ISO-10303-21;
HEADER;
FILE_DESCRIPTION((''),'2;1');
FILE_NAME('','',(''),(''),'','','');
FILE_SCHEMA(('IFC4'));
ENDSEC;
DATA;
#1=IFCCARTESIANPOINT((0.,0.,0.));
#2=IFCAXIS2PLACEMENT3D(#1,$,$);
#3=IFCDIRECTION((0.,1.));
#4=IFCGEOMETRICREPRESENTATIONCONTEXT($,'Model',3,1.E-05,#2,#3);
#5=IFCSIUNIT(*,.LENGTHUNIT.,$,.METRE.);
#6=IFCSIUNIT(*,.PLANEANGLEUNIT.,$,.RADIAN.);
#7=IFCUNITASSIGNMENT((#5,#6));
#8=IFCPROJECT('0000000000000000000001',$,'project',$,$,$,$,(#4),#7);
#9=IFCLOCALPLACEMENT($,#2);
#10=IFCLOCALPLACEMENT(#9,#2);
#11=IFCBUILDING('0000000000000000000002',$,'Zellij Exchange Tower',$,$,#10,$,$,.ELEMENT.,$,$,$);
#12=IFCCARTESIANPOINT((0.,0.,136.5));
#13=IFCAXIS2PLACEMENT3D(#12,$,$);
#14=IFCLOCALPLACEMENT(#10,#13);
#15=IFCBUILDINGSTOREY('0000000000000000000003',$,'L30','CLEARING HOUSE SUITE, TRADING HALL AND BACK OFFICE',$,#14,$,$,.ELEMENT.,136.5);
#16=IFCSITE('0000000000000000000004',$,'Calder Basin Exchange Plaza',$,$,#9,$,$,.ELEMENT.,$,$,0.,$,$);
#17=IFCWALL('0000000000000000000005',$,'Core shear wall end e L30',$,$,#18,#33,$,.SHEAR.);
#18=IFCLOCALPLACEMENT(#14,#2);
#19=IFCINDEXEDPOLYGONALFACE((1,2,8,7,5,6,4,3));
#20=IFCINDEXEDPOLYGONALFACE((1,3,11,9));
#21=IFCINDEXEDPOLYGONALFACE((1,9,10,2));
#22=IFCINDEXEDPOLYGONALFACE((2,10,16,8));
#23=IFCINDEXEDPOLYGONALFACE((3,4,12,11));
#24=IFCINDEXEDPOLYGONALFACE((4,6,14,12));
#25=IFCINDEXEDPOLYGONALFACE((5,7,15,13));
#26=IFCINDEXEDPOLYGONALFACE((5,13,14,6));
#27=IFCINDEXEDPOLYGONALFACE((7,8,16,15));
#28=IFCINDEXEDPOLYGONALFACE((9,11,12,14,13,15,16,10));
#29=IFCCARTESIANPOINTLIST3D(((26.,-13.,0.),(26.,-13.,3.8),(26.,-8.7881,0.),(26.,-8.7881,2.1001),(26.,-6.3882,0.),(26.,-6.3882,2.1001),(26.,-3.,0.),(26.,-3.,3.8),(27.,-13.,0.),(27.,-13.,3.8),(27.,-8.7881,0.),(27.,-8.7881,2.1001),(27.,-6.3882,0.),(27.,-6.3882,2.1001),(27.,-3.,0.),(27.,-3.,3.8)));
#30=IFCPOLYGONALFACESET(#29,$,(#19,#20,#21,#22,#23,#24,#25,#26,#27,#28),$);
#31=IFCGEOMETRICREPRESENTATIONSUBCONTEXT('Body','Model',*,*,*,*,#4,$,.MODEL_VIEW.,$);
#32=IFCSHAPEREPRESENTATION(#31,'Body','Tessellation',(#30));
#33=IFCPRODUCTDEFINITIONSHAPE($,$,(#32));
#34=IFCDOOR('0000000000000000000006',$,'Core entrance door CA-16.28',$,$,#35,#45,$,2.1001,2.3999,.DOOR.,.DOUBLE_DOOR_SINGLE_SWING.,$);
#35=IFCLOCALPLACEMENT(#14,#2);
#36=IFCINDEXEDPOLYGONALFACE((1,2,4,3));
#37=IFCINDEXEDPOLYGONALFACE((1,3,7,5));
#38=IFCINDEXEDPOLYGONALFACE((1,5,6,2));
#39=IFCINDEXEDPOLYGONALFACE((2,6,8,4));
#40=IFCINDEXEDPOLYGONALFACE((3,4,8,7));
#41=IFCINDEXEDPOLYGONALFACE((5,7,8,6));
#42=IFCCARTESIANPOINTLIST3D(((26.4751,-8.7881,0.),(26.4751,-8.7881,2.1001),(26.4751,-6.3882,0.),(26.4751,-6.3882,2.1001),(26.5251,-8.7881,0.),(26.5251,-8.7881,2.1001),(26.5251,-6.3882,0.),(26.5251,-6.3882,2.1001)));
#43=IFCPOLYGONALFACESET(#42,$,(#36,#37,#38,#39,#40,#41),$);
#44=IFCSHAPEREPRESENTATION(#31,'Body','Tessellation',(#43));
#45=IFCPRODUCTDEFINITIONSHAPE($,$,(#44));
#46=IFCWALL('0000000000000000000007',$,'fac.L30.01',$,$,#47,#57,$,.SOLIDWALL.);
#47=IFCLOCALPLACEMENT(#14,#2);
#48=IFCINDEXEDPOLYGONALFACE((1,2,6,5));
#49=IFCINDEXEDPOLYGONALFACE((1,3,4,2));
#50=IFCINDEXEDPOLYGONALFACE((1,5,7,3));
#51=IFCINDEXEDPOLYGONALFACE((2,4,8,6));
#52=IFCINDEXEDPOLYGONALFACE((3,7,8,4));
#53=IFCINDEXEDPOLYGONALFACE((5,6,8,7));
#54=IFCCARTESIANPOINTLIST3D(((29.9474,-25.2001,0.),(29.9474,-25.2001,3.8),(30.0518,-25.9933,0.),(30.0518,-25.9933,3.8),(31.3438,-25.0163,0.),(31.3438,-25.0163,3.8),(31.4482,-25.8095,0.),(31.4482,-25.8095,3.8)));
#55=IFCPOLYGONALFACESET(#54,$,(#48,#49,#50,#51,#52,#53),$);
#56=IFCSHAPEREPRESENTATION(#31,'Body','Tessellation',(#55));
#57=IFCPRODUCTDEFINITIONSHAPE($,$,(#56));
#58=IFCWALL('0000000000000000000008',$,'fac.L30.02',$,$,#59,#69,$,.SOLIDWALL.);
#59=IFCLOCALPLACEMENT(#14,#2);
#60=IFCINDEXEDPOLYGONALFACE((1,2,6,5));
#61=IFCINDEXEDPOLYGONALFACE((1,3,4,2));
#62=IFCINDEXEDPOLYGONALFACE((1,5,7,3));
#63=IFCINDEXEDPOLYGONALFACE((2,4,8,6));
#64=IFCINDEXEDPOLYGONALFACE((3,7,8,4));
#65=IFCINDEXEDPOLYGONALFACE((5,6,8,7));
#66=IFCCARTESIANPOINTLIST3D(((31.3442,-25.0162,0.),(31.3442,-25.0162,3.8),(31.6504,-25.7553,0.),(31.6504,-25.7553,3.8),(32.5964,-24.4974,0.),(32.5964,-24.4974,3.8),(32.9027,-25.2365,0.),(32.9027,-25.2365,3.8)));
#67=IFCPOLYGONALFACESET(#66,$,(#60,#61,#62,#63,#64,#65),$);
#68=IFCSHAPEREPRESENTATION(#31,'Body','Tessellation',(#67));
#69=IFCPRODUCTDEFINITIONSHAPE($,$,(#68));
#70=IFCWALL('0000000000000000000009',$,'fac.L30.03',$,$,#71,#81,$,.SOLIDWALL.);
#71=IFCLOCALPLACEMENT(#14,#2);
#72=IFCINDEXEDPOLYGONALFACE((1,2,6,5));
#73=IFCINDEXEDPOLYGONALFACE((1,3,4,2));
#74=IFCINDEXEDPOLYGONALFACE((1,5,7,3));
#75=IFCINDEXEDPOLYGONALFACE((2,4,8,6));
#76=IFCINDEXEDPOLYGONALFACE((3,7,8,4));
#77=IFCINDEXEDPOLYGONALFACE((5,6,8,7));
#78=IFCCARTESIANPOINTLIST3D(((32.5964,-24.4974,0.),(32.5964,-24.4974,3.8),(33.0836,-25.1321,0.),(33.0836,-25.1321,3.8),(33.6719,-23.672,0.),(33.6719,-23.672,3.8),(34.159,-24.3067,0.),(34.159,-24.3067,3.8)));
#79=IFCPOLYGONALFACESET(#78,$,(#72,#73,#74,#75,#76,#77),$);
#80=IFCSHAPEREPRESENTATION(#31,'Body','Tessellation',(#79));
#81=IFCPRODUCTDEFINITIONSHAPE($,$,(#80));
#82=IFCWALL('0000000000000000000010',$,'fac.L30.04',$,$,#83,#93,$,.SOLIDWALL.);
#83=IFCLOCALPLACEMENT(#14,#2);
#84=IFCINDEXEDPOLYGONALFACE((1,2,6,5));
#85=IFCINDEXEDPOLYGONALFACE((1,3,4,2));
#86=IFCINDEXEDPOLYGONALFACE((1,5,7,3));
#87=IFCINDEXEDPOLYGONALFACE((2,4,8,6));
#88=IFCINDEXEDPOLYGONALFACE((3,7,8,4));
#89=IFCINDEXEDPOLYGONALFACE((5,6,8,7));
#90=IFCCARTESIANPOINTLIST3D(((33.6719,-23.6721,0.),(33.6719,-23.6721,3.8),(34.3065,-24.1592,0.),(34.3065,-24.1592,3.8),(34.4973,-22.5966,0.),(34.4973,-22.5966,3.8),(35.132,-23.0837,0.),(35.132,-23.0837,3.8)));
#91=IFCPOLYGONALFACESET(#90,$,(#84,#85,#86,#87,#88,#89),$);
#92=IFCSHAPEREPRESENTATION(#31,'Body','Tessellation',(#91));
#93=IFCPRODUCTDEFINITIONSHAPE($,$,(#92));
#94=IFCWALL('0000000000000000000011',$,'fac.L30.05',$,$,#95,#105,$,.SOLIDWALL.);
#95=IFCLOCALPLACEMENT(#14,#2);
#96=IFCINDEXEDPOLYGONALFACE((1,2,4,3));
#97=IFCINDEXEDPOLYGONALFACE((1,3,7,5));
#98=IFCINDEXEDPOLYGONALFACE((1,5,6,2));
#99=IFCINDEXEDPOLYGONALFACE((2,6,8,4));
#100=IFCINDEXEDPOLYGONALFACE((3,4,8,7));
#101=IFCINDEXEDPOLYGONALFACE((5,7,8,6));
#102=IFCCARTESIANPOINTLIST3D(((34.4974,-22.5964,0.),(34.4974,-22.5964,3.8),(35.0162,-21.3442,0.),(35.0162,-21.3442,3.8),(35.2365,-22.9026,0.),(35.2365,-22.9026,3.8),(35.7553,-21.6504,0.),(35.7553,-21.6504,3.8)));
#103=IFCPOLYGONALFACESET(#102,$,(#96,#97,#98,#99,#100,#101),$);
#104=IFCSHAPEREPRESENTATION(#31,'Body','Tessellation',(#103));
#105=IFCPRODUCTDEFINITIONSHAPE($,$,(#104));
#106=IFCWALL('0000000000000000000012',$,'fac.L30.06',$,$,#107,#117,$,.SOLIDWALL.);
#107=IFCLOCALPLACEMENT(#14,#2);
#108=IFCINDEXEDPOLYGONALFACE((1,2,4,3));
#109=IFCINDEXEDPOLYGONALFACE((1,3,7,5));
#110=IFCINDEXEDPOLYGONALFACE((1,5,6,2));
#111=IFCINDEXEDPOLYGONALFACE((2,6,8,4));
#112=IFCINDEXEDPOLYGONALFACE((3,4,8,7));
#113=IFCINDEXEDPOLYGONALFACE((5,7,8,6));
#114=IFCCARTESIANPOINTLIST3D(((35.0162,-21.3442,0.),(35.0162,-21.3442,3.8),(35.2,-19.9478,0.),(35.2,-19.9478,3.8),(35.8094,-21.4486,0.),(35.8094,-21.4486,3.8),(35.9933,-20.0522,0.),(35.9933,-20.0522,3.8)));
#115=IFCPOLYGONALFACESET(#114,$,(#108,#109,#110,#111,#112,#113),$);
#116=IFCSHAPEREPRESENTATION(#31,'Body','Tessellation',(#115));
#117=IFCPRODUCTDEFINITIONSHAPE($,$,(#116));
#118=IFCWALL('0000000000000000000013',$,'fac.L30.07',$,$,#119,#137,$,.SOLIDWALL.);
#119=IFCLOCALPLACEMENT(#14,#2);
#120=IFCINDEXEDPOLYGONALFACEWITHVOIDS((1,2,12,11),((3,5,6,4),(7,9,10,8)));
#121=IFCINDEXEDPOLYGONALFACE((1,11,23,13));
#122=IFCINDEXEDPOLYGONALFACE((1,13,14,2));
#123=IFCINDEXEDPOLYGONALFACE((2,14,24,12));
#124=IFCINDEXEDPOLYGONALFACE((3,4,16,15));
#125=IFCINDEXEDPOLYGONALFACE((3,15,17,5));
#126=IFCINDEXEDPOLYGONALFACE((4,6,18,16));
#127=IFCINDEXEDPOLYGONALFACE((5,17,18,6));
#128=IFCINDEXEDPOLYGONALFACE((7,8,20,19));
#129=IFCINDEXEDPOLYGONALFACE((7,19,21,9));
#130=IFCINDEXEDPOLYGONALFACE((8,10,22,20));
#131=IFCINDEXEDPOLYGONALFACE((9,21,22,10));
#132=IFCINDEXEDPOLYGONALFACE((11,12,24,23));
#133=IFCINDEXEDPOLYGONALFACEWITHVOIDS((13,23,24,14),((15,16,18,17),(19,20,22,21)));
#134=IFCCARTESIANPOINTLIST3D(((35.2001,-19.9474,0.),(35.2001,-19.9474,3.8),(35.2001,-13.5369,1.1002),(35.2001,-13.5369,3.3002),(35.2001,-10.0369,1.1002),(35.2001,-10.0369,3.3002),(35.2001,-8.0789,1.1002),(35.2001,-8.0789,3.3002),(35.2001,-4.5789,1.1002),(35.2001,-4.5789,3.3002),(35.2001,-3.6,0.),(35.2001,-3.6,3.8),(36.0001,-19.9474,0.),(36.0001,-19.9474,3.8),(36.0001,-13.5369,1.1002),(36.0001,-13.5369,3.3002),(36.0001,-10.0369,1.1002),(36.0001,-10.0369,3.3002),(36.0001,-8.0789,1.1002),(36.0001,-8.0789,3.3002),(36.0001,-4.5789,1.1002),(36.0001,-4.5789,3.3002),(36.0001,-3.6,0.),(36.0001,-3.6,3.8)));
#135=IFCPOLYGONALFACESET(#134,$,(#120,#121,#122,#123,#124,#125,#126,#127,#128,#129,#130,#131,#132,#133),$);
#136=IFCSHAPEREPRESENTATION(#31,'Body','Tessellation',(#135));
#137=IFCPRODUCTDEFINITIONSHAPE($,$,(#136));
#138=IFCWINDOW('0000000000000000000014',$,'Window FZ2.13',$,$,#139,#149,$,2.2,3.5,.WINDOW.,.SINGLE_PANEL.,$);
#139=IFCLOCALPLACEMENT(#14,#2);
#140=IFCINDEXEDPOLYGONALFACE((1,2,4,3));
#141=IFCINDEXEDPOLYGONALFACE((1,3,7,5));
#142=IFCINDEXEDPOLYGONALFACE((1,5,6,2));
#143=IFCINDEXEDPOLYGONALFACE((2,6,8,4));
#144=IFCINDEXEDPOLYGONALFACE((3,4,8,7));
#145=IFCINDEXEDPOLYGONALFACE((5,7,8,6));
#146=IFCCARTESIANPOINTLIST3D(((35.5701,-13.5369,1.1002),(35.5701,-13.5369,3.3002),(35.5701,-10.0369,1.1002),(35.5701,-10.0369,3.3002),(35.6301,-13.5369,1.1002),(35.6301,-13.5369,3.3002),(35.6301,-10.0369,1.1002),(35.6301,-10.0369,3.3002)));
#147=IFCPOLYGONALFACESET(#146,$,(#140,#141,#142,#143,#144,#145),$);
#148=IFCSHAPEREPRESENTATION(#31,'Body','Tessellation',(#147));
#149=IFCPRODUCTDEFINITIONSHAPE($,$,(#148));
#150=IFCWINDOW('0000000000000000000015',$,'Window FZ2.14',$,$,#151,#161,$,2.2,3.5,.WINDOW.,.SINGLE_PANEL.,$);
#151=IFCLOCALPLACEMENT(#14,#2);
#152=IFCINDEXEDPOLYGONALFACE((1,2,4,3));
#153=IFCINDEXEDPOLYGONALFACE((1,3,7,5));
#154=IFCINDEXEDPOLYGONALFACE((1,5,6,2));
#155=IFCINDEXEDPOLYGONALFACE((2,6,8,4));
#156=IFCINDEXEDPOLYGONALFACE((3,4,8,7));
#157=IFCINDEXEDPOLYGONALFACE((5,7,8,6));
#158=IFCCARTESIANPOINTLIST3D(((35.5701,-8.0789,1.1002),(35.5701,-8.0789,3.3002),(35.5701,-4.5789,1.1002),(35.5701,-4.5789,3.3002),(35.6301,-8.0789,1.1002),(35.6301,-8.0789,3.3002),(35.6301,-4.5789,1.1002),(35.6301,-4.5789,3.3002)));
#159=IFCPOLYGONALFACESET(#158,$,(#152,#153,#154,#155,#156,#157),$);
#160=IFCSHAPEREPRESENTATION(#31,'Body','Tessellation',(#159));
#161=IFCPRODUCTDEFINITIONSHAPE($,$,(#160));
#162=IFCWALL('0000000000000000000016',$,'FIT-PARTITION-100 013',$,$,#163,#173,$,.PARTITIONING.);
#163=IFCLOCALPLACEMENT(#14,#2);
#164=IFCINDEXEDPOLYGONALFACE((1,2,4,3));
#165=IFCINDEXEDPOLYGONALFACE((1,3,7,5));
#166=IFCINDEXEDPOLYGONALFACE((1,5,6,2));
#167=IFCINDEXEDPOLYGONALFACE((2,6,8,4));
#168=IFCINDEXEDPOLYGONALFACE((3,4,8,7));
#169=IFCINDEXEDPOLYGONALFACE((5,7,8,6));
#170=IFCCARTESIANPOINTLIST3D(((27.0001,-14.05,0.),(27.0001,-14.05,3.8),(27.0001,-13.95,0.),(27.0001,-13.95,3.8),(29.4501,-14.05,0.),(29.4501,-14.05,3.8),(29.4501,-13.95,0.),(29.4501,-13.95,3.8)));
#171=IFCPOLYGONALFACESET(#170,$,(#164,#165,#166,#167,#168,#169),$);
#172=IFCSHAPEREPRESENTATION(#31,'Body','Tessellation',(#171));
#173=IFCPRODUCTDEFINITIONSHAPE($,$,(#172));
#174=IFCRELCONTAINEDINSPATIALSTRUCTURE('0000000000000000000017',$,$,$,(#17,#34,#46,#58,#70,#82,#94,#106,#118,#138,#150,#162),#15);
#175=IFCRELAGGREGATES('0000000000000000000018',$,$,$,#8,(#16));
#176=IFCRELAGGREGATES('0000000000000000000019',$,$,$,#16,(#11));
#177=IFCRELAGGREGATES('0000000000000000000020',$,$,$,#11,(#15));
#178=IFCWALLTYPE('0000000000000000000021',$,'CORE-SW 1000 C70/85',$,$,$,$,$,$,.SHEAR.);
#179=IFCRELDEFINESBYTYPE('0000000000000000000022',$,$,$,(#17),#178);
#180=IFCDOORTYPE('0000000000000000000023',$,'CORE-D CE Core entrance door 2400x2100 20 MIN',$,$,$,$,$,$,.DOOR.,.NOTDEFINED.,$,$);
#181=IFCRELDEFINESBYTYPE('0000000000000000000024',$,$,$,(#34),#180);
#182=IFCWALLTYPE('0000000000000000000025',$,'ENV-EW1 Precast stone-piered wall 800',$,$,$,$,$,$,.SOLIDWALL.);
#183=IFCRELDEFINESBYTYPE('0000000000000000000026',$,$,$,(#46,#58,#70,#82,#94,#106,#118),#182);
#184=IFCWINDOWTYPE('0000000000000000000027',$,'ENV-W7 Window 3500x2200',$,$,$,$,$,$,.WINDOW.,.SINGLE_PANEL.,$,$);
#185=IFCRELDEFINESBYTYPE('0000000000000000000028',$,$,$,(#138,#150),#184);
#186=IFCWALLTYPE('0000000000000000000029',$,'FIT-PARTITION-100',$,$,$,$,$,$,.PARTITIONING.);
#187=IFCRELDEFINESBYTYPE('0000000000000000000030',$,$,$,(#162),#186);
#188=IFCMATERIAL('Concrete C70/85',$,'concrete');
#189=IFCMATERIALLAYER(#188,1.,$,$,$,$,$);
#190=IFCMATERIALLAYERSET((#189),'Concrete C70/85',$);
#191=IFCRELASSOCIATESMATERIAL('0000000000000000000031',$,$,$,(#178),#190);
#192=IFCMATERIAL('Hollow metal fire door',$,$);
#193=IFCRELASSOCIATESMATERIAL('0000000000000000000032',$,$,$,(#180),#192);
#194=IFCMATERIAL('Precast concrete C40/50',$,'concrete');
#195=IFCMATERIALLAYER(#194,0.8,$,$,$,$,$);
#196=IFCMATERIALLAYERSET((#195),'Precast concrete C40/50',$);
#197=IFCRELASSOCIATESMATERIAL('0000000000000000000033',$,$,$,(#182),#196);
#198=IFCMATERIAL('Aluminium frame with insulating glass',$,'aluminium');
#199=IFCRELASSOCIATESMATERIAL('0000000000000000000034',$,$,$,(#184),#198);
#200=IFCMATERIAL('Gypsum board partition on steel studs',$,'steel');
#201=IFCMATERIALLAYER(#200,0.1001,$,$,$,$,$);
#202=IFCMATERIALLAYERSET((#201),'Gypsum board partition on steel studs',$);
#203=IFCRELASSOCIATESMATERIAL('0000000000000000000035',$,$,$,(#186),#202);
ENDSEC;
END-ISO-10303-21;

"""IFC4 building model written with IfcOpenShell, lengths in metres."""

from ifc_helpers import new_model, si_unit, direction, frame, frame_2d, origin, place, context, subcontext, project, spatial, rectangle, extrude, material, layer, layer_set, type_object, element, fill, save


model = new_model("IFC4")

# Units and contexts
model_context = context("Model", 3, precision=1e-05, world=origin(), true_north=direction((0.0, 1.0)))
body_context = subcontext(model_context, "Body", "Model", "MODEL_VIEW")
ifc_project = project(units=[si_unit("LENGTHUNIT", "METRE"), si_unit("PLANEANGLEUNIT", "RADIAN")], contexts=[model_context])

# Site, building, storey
site_placement = place(None, origin())
site = spatial("IfcSite", under=ifc_project, at=site_placement, Name="Calder Basin Exchange Plaza", CompositionType="ELEMENT", RefElevation=0.0)
building_placement = place(site_placement, origin())
building = spatial("IfcBuilding", under=site, at=building_placement, Name="Zellij Exchange Tower", CompositionType="ELEMENT")
storey_placement = place(building_placement, frame((0.0, 0.0, 136.5)))
storey = spatial("IfcBuildingStorey", under=building, at=storey_placement, Name="L30", Description="CLEARING HOUSE SUITE, TRADING HALL AND BACK OFFICE", CompositionType="ELEMENT", Elevation=136.5)

# Shared definitions
ifc_material_1 = material(Name="Concrete C70/85", Category="concrete")

# Wall, opening, door
ifc_layer_1 = layer(ifc_material_1, 1.0)
ifc_layer_set_1 = layer_set([ifc_layer_1], Name="Concrete C70/85")
wall_type_1 = type_object("IfcWallType", Name="CORE-SW 1000 C70/85", PredefinedType="SHEAR", material=ifc_layer_set_1)
wall_1_placement = place(storey_placement, frame((26.5, -13.0, 0.0), z_axis=(0.0, 0.0, 1.0), x_axis=(0.0, 1.0, 0.0)))
wall_1 = element("IfcWall", 1, at=wall_1_placement, inside=storey, type_object=wall_type_1, Name="Core shear wall end e L30", PredefinedType="SHEAR", context=body_context, shape_type="SweptSolid", body=[
    extrude(rectangle(XDim=10.0, YDim=1.0, at=frame_2d((5.0, 0.0))), origin(), (0.0, 0.0, 1.0), 3.8),
])
opening_1_placement = place(wall_1_placement, frame((4.2119, 0.0, 0.0)))
opening_1 = element("IfcOpeningElement", 2, at=opening_1_placement, cuts=wall_1, PredefinedType="OPENING", context=body_context, shape_type="SweptSolid", body=[
    extrude(rectangle(XDim=2.3999, YDim=2.1001, at=frame_2d((1.2, 1.05))), frame((0.0, 0.512, 0.0), z_axis=(0.0, -1.0, 0.0), x_axis=(1.0, 0.0, 0.0)), (0.0, 0.0, 1.0), 1.0239),
])
ifc_material_2 = material(Name="Hollow metal fire door")
door_type_1 = type_object("IfcDoorType", Name="CORE-D CE Core entrance door 2400x2100 20 MIN", OperationType="NOTDEFINED", PredefinedType="DOOR", material=ifc_material_2)
door_1_placement = place(opening_1_placement, origin())
door_1 = element("IfcDoor", 3, at=door_1_placement, inside=storey, type_object=door_type_1, Name="Core entrance door CA-16.28", OperationType="DOUBLE_DOOR_SINGLE_SWING", OverallHeight=2.1001, OverallWidth=2.3999, PredefinedType="DOOR", context=body_context, shape_type="SweptSolid", body=[
    extrude(rectangle(XDim=2.3999, YDim=2.1001, at=frame_2d((1.2, 1.05))), frame((0.0, 0.0249, 0.0), z_axis=(0.0, -1.0, 0.0), x_axis=(1.0, 0.0, 0.0)), (0.0, 0.0, 1.0), 0.05),
])
fill(opening_1, door_1)

# Walls
ifc_material_3 = material(Name="Precast concrete C40/50", Category="concrete")
ifc_layer_2 = layer(ifc_material_3, 0.8)
ifc_layer_set_2 = layer_set([ifc_layer_2], Name="Precast concrete C40/50")
wall_type_2 = type_object("IfcWallType", Name="ENV-EW1 Precast stone-piered wall 800", PredefinedType="SOLIDWALL", material=ifc_layer_set_2)
wall_2_placement = place(storey_placement, frame((29.9998, -25.5967, 0.0), z_axis=(0.0, 0.0, 1.0), x_axis=(0.991446, 0.130517, 0.0)))
element("IfcWall", 4, at=wall_2_placement, inside=storey, type_object=wall_type_2, Name="fac.L30.01", PredefinedType="SOLIDWALL", context=body_context, shape_type="SweptSolid", body=[
    extrude(rectangle(XDim=1.4084, YDim=0.8, at=frame_2d((0.7041, 0.0))), origin(), (0.0, 0.0, 1.0), 3.8),
])
wall_3_placement = place(storey_placement, frame((31.4973, -25.3857, 0.0), z_axis=(0.0, 0.0, 1.0), x_axis=(0.923848, 0.38276, 0.0)))
element("IfcWall", 5, at=wall_3_placement, inside=storey, type_object=wall_type_2, Name="fac.L30.02", PredefinedType="SOLIDWALL", context=body_context, shape_type="SweptSolid", body=[
    extrude(rectangle(XDim=1.3555, YDim=0.8, at=frame_2d((0.6777, 0.0))), origin(), (0.0, 0.0, 1.0), 3.8),
])
for number, where, z_axis, x_axis, name in (
    (6, (32.8401, -24.8147, 0.0), (0.0, 0.0, 1.0), (0.793273, 0.608866, 0.0), "fac.L30.03"),
    (7, (33.9893, -23.9155, 0.0), (0.0, 0.0, 1.0), (0.608866, 0.793273, 0.0), "fac.L30.04"),
):
    element("IfcWall", number, at=place(storey_placement, frame(where, z_axis=z_axis, x_axis=x_axis)), inside=storey, type_object=wall_type_2, Name=name, PredefinedType="SOLIDWALL", context=body_context, shape_type="SweptSolid", body=[
        extrude(rectangle(XDim=1.3557, YDim=0.8, at=frame_2d((0.6777, 0.0))), origin(), (0.0, 0.0, 1.0), 3.8),
    ])
wall_4_placement = place(storey_placement, frame((34.8669, -22.7495, 0.0), z_axis=(0.0, 0.0, 1.0), x_axis=(0.38276, 0.923848, 0.0)))
element("IfcWall", 8, at=wall_4_placement, inside=storey, type_object=wall_type_2, Name="fac.L30.05", PredefinedType="SOLIDWALL", context=body_context, shape_type="SweptSolid", body=[
    extrude(rectangle(XDim=1.3555, YDim=0.8, at=frame_2d((0.6777, 0.0))), origin(), (0.0, 0.0, 1.0), 3.8),
])
wall_5_placement = place(storey_placement, frame((35.4128, -21.3962, 0.0), z_axis=(0.0, 0.0, 1.0), x_axis=(0.130517, 0.991446, 0.0)))
element("IfcWall", 9, at=wall_5_placement, inside=storey, type_object=wall_type_2, Name="fac.L30.06", PredefinedType="SOLIDWALL", context=body_context, shape_type="SweptSolid", body=[
    extrude(rectangle(XDim=1.4084, YDim=0.8, at=frame_2d((0.7041, 0.0))), origin(), (0.0, 0.0, 1.0), 3.8),
])

# Wall, openings, windows
wall_6_placement = place(storey_placement, frame((35.6001, -19.9475, 0.0), z_axis=(0.0, 0.0, 1.0), x_axis=(0.0, 1.0, 0.0)))
wall_6 = element("IfcWall", 10, at=wall_6_placement, inside=storey, type_object=wall_type_2, Name="fac.L30.07", PredefinedType="SOLIDWALL", context=body_context, shape_type="SweptSolid", body=[
    extrude(rectangle(XDim=16.3474, YDim=0.8, at=frame_2d((8.1738, 0.0))), origin(), (0.0, 0.0, 1.0), 3.8),
])
opening_2_placement = place(wall_6_placement, frame((6.4106, 0.0, 1.1001)))
opening_2 = element("IfcOpeningElement", 11, at=opening_2_placement, cuts=wall_6, PredefinedType="OPENING", context=body_context, shape_type="SweptSolid", body=[
    extrude(rectangle(XDim=3.5, YDim=2.2, at=frame_2d((1.75, 1.1001))), frame((0.0, 0.4121, 0.0), z_axis=(0.0, -1.0, 0.0), x_axis=(1.0, 0.0, 0.0)), (0.0, 0.0, 1.0), 0.824),
])
opening_3_placement = place(wall_6_placement, frame((11.8687, 0.0, 1.1001)))
opening_3 = element("IfcOpeningElement", 12, at=opening_3_placement, cuts=wall_6, PredefinedType="OPENING", context=body_context, shape_type="SweptSolid", body=[
    extrude(rectangle(XDim=3.5, YDim=2.2, at=frame_2d((1.75, 1.1001))), frame((0.0, 0.4121, 0.0), z_axis=(0.0, -1.0, 0.0), x_axis=(1.0, 0.0, 0.0)), (0.0, 0.0, 1.0), 0.824),
])
ifc_material_4 = material(Name="Aluminium frame with insulating glass", Category="aluminium")
window_type = type_object("IfcWindowType", Name="ENV-W7 Window 3500x2200", PartitioningType="SINGLE_PANEL", PredefinedType="WINDOW", material=ifc_material_4)
window_1_placement = place(opening_2_placement, origin())
window_1 = element("IfcWindow", 13, at=window_1_placement, inside=storey, type_object=window_type, Name="Window FZ2.13", OverallHeight=2.2, OverallWidth=3.5, PartitioningType="SINGLE_PANEL", PredefinedType="WINDOW", context=body_context, shape_type="SweptSolid", body=[
    extrude(rectangle(XDim=3.5, YDim=2.2, at=frame_2d((1.75, 1.1001))), frame((0.0, 0.03, 0.0), z_axis=(0.0, -1.0, 0.0), x_axis=(1.0, 0.0, 0.0)), (0.0, 0.0, 1.0), 0.0601),
])
fill(opening_2, window_1)
window_2_placement = place(opening_3_placement, origin())
window_2 = element("IfcWindow", 14, at=window_2_placement, inside=storey, type_object=window_type, Name="Window FZ2.14", OverallHeight=2.2, OverallWidth=3.5, PartitioningType="SINGLE_PANEL", PredefinedType="WINDOW", context=body_context, shape_type="SweptSolid", body=[
    extrude(rectangle(XDim=3.5, YDim=2.2, at=frame_2d((1.75, 1.1001))), frame((0.0, 0.03, 0.0), z_axis=(0.0, -1.0, 0.0), x_axis=(1.0, 0.0, 0.0)), (0.0, 0.0, 1.0), 0.0601),
])
fill(opening_3, window_2)

# Wall
ifc_material_5 = material(Name="Gypsum board partition on steel studs", Category="steel")
ifc_layer_3 = layer(ifc_material_5, 0.1001)
ifc_layer_set_3 = layer_set([ifc_layer_3], Name="Gypsum board partition on steel studs")
wall_type_3 = type_object("IfcWallType", Name="FIT-PARTITION-100", PredefinedType="PARTITIONING", material=ifc_layer_set_3)
wall_7_placement = place(storey_placement, frame((27.0, -14.0, 0.0), z_axis=(0.0, 0.0, 1.0), x_axis=(1.0, 0.0, 0.0)))
element("IfcWall", 15, at=wall_7_placement, inside=storey, type_object=wall_type_3, Name="FIT-PARTITION-100 013", PredefinedType="PARTITIONING", context=body_context, shape_type="SweptSolid", body=[
    extrude(rectangle(XDim=2.45, YDim=0.1001, at=frame_2d((1.2251, 0.0))), origin(), (0.0, 0.0, 1.0), 3.8),
])

save(model, "model.ifc")
